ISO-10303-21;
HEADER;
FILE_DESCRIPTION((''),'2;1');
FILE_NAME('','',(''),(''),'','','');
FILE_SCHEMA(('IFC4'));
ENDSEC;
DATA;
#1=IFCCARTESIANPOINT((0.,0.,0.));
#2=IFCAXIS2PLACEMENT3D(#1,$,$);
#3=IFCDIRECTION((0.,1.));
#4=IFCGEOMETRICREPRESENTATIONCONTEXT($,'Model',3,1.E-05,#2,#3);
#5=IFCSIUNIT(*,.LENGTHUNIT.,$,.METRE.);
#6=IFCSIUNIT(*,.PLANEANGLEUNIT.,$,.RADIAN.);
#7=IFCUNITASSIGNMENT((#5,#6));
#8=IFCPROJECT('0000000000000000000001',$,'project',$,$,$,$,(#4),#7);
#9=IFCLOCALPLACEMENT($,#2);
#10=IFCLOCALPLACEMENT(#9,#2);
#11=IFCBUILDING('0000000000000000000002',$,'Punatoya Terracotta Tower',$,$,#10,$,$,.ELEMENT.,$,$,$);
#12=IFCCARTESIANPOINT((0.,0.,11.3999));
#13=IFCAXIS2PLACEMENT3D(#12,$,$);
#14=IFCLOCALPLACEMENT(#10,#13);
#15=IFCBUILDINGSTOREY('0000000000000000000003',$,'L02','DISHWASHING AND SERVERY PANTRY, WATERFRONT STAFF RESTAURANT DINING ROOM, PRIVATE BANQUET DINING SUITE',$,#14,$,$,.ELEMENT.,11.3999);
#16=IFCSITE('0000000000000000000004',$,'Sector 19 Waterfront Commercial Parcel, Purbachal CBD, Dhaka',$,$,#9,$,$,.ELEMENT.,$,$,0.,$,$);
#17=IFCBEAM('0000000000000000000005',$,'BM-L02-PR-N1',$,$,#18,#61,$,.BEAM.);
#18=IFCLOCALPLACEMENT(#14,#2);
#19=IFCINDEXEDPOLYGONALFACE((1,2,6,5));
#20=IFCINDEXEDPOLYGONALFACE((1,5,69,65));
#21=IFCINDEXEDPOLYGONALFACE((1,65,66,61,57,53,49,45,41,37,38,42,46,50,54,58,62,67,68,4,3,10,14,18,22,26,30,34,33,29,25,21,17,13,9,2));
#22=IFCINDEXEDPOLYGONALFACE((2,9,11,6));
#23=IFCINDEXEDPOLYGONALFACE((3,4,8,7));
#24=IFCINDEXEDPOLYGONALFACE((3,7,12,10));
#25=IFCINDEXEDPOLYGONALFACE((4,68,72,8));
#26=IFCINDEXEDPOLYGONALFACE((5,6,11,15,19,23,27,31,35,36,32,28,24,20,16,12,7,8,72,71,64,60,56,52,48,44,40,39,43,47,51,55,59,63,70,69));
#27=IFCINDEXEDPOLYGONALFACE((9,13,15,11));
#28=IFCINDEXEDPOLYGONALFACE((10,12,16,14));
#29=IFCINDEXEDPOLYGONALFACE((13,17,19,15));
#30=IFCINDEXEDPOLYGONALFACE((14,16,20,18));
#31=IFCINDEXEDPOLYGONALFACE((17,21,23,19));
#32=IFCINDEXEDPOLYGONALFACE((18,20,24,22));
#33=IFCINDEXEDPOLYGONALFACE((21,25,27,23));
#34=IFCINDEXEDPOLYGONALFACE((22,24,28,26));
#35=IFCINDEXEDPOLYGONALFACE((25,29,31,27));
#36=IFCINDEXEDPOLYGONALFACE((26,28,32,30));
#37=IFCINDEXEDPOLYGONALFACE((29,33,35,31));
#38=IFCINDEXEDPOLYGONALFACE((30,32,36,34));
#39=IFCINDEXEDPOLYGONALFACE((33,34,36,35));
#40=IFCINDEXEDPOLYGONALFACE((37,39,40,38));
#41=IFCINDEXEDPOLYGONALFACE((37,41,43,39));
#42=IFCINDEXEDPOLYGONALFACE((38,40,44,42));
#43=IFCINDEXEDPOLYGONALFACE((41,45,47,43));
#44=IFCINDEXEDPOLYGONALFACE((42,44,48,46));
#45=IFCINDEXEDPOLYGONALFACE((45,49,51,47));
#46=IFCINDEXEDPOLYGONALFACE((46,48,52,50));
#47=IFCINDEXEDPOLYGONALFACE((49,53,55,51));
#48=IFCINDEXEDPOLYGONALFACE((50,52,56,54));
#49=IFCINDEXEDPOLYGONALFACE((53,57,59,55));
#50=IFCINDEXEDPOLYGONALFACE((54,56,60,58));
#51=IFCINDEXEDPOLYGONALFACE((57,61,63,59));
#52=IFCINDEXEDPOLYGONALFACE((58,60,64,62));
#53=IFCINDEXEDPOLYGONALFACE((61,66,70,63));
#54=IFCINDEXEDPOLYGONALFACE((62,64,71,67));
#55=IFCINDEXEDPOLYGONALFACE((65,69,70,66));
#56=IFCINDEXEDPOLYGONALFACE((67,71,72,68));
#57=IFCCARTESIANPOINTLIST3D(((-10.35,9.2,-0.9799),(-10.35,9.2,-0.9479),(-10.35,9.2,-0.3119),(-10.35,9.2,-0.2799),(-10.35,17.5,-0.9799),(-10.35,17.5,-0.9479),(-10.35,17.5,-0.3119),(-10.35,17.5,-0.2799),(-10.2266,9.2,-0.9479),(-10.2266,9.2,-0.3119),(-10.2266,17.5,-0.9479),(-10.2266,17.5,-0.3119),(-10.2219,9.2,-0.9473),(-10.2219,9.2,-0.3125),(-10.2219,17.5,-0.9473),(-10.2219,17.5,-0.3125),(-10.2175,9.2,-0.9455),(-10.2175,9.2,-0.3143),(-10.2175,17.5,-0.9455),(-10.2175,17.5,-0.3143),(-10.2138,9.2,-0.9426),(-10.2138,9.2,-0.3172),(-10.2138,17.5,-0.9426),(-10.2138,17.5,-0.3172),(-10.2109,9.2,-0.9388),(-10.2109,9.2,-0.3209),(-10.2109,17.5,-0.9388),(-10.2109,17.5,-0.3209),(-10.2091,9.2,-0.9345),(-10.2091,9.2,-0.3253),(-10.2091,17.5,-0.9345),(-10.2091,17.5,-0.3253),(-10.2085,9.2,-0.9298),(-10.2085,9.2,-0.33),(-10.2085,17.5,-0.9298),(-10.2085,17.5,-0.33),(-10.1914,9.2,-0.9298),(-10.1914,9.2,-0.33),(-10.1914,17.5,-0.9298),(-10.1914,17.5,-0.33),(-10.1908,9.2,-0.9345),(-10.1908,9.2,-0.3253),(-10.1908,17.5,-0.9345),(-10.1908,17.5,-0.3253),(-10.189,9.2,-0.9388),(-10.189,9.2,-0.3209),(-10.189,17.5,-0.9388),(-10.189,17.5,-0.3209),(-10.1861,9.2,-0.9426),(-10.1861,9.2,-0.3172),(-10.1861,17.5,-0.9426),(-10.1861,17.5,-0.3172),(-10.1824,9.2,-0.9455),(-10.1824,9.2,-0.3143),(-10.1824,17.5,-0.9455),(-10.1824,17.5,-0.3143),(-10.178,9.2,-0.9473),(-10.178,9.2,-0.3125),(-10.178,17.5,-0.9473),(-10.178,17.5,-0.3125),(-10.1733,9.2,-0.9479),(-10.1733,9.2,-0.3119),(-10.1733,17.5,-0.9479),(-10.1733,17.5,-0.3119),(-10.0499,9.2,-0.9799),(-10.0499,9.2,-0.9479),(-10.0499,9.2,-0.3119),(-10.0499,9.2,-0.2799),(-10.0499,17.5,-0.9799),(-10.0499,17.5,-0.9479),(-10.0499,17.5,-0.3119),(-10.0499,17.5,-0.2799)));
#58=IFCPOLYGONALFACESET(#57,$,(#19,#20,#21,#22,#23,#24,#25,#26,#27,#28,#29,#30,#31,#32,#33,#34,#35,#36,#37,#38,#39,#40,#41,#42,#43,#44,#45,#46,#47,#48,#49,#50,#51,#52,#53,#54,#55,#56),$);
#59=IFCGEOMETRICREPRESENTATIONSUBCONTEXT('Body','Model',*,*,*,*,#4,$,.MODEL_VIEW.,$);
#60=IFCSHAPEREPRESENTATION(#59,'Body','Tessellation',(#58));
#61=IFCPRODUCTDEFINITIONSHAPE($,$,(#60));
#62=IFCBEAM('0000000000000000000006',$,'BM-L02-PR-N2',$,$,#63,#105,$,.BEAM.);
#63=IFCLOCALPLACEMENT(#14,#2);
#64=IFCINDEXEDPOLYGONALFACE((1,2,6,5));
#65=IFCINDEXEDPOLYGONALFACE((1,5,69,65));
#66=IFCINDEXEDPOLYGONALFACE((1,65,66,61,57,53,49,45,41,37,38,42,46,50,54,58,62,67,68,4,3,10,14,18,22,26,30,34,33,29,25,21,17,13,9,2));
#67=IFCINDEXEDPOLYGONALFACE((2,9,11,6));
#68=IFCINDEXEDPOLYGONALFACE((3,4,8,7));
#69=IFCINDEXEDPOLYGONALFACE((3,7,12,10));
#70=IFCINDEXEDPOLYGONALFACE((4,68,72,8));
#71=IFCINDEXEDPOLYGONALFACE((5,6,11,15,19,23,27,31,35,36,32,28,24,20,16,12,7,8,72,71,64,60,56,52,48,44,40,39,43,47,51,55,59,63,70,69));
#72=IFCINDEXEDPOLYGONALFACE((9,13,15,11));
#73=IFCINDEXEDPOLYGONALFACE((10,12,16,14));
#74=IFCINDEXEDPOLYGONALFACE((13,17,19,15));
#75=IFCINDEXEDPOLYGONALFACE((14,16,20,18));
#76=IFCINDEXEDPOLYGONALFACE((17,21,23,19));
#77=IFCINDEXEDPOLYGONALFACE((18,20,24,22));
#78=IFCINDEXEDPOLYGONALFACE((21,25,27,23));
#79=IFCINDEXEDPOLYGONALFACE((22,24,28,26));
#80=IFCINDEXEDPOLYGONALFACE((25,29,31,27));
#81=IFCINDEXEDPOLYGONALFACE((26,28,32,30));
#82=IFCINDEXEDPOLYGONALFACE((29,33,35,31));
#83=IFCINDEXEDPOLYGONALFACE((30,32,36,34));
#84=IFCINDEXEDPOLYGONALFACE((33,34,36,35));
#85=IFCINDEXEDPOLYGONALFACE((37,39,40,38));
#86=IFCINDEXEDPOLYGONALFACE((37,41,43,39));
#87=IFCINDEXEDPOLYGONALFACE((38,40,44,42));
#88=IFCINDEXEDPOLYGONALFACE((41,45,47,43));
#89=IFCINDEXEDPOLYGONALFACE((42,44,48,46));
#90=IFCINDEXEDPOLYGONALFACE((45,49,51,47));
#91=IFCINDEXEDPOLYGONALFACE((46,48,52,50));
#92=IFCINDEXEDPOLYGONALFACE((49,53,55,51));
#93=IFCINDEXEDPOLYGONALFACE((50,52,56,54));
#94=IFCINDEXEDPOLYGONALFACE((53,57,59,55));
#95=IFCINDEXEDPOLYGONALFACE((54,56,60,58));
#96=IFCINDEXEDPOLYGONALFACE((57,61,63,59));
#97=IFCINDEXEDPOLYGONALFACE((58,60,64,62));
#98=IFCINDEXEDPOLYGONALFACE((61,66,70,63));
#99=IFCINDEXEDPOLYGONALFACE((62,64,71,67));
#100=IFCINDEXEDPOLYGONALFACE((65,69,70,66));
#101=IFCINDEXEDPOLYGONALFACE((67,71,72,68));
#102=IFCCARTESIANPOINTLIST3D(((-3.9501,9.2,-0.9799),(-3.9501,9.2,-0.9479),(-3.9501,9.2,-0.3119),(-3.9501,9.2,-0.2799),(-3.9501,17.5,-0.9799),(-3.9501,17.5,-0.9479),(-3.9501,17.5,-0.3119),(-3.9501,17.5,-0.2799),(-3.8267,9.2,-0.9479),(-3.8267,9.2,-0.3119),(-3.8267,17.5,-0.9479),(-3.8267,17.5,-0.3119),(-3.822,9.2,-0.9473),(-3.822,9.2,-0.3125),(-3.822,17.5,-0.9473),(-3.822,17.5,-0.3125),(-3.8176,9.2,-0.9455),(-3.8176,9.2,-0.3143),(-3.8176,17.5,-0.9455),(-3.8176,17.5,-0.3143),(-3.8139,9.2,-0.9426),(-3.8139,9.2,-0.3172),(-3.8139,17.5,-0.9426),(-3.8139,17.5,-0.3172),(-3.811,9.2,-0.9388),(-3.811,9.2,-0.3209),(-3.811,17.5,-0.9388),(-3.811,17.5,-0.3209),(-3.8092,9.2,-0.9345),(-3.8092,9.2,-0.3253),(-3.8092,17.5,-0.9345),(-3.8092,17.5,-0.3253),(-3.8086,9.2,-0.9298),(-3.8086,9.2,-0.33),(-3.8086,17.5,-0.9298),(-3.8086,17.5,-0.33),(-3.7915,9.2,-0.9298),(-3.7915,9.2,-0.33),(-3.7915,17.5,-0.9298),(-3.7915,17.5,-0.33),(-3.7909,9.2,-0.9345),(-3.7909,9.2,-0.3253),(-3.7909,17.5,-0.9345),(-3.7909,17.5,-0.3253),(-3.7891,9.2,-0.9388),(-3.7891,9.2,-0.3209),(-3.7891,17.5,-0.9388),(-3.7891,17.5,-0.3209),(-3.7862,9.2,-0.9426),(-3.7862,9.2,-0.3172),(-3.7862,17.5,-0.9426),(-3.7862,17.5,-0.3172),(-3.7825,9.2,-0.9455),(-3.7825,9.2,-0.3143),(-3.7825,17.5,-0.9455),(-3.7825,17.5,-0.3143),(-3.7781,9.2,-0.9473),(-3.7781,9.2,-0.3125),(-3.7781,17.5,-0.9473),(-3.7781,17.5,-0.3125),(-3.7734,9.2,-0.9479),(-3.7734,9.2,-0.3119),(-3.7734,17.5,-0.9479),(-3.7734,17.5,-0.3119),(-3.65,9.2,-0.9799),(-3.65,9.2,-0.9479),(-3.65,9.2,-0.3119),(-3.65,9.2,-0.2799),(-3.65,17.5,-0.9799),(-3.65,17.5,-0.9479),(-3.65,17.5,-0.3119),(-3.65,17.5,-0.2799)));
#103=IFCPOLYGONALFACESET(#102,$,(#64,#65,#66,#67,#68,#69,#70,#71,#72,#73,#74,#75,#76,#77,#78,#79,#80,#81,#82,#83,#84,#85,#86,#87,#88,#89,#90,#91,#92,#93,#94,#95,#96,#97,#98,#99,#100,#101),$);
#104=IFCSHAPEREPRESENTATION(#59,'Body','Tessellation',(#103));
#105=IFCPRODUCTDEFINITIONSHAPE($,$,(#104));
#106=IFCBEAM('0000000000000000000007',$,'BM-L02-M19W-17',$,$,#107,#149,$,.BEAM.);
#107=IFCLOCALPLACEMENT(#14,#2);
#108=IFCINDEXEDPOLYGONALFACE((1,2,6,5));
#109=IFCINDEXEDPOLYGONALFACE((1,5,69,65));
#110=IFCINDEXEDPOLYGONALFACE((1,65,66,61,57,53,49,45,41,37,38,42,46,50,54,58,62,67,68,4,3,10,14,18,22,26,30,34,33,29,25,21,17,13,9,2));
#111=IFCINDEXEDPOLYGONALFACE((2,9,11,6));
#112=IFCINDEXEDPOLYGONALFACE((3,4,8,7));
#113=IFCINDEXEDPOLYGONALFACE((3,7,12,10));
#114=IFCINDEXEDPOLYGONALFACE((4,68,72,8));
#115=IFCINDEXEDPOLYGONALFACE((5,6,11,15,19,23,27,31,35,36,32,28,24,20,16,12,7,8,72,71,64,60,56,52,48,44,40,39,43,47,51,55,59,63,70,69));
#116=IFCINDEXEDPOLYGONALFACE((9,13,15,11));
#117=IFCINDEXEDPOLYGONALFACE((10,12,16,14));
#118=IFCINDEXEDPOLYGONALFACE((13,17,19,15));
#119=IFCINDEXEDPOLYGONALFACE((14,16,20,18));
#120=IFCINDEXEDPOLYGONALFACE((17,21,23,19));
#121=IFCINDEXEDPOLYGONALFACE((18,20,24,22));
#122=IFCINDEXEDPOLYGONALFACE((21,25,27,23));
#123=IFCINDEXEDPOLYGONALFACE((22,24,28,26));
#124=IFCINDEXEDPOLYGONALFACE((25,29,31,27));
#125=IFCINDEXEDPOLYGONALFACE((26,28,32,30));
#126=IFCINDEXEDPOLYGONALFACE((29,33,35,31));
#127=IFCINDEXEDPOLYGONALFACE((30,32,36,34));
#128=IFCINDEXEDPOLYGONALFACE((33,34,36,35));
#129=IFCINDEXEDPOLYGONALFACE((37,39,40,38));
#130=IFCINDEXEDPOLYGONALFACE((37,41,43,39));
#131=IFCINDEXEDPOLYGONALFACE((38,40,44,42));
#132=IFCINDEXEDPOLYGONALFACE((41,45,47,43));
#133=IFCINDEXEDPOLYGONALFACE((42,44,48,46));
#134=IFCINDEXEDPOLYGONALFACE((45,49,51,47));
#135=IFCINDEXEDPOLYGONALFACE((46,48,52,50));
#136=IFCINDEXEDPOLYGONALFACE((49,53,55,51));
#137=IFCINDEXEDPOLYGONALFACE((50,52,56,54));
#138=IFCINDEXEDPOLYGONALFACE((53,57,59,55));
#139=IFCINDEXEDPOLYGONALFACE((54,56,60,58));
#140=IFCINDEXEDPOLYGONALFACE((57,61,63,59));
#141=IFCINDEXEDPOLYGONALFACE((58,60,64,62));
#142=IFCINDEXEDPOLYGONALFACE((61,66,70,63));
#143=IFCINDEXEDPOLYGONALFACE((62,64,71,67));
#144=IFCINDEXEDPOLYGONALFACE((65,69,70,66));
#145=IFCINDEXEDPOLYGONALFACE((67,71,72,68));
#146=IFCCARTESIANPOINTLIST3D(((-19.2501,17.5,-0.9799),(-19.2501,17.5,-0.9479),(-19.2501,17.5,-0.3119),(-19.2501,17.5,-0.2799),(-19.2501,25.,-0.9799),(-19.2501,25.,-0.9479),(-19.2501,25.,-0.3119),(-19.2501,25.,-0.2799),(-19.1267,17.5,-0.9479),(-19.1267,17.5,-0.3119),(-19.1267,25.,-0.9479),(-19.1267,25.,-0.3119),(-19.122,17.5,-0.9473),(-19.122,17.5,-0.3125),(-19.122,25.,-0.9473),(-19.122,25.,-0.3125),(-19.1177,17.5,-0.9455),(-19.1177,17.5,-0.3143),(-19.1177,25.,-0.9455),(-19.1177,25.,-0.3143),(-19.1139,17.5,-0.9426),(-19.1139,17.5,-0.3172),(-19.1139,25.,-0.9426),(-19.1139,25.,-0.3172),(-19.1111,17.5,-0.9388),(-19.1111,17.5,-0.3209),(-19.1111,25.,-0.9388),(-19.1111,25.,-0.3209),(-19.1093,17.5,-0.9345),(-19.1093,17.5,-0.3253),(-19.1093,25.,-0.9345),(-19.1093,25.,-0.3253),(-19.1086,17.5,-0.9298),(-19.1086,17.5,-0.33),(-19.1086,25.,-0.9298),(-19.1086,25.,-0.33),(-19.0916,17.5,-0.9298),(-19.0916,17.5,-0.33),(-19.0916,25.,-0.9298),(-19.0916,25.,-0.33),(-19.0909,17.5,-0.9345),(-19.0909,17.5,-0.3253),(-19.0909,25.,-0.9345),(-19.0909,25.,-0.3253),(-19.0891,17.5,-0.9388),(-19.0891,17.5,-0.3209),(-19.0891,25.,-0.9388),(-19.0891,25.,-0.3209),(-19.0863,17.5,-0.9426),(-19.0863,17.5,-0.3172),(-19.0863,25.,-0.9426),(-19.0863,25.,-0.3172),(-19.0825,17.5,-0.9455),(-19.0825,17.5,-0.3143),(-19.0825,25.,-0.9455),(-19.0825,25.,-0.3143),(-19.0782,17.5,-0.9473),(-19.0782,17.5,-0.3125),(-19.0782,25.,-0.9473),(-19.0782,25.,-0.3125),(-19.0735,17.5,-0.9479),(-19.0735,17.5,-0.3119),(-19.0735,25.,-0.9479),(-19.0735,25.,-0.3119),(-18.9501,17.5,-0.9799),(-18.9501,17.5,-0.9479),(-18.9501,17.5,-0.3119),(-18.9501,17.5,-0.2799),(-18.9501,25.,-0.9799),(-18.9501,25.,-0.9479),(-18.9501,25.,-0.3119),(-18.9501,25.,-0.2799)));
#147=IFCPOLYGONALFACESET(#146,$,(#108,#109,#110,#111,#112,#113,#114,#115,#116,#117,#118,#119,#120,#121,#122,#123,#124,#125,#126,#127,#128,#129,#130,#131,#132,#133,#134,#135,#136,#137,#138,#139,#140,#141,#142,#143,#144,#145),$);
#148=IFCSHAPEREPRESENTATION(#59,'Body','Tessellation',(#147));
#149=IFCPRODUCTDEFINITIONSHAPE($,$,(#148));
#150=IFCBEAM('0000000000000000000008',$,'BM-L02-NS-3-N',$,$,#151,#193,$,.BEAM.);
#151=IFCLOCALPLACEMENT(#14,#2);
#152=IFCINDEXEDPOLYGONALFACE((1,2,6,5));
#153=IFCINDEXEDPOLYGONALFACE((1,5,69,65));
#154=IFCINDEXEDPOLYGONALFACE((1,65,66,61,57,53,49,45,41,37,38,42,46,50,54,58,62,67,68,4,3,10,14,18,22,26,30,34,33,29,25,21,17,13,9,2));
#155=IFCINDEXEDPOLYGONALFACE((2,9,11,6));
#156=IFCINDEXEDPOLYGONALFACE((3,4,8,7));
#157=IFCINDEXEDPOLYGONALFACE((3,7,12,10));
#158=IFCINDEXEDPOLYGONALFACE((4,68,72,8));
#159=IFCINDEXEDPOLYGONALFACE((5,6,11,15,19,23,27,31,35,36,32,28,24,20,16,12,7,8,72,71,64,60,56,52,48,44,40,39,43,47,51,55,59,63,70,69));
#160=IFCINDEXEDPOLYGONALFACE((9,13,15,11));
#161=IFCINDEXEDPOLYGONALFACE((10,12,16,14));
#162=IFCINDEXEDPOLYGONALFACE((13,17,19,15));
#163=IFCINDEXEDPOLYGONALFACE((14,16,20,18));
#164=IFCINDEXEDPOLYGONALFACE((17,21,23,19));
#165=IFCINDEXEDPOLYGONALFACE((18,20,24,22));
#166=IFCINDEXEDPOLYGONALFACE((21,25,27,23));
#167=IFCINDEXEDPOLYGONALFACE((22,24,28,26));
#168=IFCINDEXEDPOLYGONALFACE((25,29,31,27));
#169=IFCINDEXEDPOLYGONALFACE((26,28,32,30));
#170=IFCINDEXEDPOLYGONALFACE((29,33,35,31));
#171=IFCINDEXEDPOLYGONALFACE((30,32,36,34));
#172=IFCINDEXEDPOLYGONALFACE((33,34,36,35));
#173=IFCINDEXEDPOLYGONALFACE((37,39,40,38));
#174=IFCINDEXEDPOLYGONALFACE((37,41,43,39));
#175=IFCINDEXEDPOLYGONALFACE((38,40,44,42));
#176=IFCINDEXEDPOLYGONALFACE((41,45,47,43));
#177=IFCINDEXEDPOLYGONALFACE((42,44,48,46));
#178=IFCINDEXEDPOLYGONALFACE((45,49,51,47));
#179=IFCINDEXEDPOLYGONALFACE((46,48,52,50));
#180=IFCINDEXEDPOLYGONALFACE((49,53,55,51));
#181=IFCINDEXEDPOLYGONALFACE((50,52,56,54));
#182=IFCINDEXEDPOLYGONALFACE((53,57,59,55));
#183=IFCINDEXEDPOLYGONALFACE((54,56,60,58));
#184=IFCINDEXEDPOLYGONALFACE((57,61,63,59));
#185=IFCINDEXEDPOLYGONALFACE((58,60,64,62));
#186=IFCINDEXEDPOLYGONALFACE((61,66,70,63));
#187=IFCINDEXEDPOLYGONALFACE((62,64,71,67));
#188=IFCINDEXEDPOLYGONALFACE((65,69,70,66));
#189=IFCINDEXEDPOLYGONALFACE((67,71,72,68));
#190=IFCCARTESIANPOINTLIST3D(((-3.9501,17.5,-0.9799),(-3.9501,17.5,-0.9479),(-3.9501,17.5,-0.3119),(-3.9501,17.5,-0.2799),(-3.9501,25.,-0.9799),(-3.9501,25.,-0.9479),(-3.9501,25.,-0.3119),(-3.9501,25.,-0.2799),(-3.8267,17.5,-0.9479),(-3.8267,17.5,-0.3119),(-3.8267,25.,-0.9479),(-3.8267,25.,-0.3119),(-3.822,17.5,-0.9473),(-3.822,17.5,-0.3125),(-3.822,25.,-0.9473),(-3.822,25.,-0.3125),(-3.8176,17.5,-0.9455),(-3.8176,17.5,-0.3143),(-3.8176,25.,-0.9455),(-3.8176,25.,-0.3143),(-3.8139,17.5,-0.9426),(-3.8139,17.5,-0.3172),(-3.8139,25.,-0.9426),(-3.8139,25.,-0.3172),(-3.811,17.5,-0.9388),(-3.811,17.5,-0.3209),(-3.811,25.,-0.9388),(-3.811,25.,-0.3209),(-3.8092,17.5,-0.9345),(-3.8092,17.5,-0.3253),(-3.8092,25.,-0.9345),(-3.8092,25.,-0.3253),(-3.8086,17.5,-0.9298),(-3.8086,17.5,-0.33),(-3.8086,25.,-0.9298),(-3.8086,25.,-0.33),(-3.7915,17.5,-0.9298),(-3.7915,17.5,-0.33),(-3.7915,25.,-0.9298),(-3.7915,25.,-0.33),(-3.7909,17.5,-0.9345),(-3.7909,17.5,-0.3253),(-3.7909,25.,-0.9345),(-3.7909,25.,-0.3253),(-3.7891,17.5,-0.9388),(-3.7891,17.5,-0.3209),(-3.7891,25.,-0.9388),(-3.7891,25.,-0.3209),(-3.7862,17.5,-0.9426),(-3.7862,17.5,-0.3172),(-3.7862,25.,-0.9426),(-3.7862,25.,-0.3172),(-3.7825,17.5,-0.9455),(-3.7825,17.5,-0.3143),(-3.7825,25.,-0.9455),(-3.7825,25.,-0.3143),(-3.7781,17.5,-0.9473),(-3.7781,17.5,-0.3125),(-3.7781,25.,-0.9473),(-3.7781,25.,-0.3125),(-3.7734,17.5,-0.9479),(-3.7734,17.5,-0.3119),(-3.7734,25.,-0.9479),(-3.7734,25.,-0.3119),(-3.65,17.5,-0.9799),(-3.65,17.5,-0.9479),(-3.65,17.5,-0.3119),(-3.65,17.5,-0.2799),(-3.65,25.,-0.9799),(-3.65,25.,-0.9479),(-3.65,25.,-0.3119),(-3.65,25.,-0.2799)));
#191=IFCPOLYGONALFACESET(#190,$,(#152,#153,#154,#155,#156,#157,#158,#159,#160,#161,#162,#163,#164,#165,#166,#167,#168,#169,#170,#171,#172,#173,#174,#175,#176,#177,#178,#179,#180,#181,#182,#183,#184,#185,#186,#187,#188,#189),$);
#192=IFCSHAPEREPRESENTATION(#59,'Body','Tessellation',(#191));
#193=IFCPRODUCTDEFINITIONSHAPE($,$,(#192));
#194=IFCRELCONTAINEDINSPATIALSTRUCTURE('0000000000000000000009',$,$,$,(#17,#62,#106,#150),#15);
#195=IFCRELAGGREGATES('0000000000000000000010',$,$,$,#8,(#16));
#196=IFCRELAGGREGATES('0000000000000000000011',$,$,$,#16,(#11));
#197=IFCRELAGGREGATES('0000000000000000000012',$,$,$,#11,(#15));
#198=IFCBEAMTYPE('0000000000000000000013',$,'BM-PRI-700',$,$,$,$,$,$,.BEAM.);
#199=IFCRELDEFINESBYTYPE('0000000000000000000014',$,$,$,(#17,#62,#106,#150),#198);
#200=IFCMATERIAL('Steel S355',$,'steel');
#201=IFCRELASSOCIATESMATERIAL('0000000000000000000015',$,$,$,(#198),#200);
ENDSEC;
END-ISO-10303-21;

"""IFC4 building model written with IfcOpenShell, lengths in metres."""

from ifc_helpers import new_model, si_unit, direction, frame, origin, origin_2d, place, context, subcontext, project, spatial, i_section, extrude, material, material_profile, profile_set, type_object, element, save


model = new_model("IFC4")

# Units and contexts
model_context = context("Model", 3, precision=1e-05, world=origin(), true_north=direction((0.0, 1.0)))
body_context = subcontext(model_context, "Body", "Model", "MODEL_VIEW")
ifc_project = project(units=[si_unit("LENGTHUNIT", "METRE"), si_unit("PLANEANGLEUNIT", "RADIAN")], contexts=[model_context])

# Site, building, storey
site_placement = place(None, origin())
site = spatial("IfcSite", under=ifc_project, at=site_placement, Name="Sector 19 Waterfront Commercial Parcel, Purbachal CBD, Dhaka", CompositionType="ELEMENT", RefElevation=0.0)
building_placement = place(site_placement, origin())
building = spatial("IfcBuilding", under=site, at=building_placement, Name="Punatoya Terracotta Tower", CompositionType="ELEMENT")
storey_placement = place(building_placement, frame((0.0, 0.0, 11.3999)))
storey = spatial("IfcBuildingStorey", under=building, at=storey_placement, Name="L02", Description="DISHWASHING AND SERVERY PANTRY, WATERFRONT STAFF RESTAURANT DINING ROOM, PRIVATE BANQUET DINING SUITE", CompositionType="ELEMENT", Elevation=11.3999)

# Beams
ifc_material_1 = material(Name="Steel S355", Category="steel")
ifc_material_profile_1 = material_profile(ifc_material_1, i_section(OverallWidth=0.3, OverallDepth=0.7, WebThickness=0.0171, FlangeThickness=0.032, FilletRadius=0.0181, at=origin_2d()))
ifc_profile_set_1 = profile_set([ifc_material_profile_1], Name="Steel S355")
beam_type_1 = type_object("IfcBeamType", Name="BM-PRI-700", PredefinedType="BEAM", material=ifc_profile_set_1)
for number, where, z_axis, x_axis, name in (
    (1, (-10.2, 9.2, -0.6299), (0.0, 1.0, 0.0), (-1.0, 0.0, 0.0), "BM-L02-PR-N1"),
    (2, (-3.8, 9.2, -0.6299), (0.0, 1.0, 0.0), (-1.0, 0.0, 0.0), "BM-L02-PR-N2"),
):
    element("IfcBeam", number, at=place(storey_placement, frame(where, z_axis=z_axis, x_axis=x_axis)), inside=storey, type_object=beam_type_1, Name=name, PredefinedType="BEAM", context=body_context, shape_type="SweptSolid", body=[
        extrude(i_section(OverallWidth=0.3, OverallDepth=0.7, WebThickness=0.0171, FlangeThickness=0.032, FilletRadius=0.0181, at=origin_2d()), origin(), (0.0, 0.0, 1.0), 8.3),
    ])
for number, where, z_axis, x_axis, name in (
    (3, (-19.1001, 17.5, -0.6299), (0.0, 1.0, 0.0), (-1.0, 0.0, 0.0), "BM-L02-M19W-17"),
    (4, (-3.8, 17.5, -0.6299), (0.0, 1.0, 0.0), (-1.0, 0.0, 0.0), "BM-L02-NS-3-N"),
):
    element("IfcBeam", number, at=place(storey_placement, frame(where, z_axis=z_axis, x_axis=x_axis)), inside=storey, type_object=beam_type_1, Name=name, PredefinedType="BEAM", context=body_context, shape_type="SweptSolid", body=[
        extrude(i_section(OverallWidth=0.3, OverallDepth=0.7, WebThickness=0.0171, FlangeThickness=0.032, FilletRadius=0.0181, at=origin_2d()), origin(), (0.0, 0.0, 1.0), 7.5),
    ])

save(model, "model.ifc")
